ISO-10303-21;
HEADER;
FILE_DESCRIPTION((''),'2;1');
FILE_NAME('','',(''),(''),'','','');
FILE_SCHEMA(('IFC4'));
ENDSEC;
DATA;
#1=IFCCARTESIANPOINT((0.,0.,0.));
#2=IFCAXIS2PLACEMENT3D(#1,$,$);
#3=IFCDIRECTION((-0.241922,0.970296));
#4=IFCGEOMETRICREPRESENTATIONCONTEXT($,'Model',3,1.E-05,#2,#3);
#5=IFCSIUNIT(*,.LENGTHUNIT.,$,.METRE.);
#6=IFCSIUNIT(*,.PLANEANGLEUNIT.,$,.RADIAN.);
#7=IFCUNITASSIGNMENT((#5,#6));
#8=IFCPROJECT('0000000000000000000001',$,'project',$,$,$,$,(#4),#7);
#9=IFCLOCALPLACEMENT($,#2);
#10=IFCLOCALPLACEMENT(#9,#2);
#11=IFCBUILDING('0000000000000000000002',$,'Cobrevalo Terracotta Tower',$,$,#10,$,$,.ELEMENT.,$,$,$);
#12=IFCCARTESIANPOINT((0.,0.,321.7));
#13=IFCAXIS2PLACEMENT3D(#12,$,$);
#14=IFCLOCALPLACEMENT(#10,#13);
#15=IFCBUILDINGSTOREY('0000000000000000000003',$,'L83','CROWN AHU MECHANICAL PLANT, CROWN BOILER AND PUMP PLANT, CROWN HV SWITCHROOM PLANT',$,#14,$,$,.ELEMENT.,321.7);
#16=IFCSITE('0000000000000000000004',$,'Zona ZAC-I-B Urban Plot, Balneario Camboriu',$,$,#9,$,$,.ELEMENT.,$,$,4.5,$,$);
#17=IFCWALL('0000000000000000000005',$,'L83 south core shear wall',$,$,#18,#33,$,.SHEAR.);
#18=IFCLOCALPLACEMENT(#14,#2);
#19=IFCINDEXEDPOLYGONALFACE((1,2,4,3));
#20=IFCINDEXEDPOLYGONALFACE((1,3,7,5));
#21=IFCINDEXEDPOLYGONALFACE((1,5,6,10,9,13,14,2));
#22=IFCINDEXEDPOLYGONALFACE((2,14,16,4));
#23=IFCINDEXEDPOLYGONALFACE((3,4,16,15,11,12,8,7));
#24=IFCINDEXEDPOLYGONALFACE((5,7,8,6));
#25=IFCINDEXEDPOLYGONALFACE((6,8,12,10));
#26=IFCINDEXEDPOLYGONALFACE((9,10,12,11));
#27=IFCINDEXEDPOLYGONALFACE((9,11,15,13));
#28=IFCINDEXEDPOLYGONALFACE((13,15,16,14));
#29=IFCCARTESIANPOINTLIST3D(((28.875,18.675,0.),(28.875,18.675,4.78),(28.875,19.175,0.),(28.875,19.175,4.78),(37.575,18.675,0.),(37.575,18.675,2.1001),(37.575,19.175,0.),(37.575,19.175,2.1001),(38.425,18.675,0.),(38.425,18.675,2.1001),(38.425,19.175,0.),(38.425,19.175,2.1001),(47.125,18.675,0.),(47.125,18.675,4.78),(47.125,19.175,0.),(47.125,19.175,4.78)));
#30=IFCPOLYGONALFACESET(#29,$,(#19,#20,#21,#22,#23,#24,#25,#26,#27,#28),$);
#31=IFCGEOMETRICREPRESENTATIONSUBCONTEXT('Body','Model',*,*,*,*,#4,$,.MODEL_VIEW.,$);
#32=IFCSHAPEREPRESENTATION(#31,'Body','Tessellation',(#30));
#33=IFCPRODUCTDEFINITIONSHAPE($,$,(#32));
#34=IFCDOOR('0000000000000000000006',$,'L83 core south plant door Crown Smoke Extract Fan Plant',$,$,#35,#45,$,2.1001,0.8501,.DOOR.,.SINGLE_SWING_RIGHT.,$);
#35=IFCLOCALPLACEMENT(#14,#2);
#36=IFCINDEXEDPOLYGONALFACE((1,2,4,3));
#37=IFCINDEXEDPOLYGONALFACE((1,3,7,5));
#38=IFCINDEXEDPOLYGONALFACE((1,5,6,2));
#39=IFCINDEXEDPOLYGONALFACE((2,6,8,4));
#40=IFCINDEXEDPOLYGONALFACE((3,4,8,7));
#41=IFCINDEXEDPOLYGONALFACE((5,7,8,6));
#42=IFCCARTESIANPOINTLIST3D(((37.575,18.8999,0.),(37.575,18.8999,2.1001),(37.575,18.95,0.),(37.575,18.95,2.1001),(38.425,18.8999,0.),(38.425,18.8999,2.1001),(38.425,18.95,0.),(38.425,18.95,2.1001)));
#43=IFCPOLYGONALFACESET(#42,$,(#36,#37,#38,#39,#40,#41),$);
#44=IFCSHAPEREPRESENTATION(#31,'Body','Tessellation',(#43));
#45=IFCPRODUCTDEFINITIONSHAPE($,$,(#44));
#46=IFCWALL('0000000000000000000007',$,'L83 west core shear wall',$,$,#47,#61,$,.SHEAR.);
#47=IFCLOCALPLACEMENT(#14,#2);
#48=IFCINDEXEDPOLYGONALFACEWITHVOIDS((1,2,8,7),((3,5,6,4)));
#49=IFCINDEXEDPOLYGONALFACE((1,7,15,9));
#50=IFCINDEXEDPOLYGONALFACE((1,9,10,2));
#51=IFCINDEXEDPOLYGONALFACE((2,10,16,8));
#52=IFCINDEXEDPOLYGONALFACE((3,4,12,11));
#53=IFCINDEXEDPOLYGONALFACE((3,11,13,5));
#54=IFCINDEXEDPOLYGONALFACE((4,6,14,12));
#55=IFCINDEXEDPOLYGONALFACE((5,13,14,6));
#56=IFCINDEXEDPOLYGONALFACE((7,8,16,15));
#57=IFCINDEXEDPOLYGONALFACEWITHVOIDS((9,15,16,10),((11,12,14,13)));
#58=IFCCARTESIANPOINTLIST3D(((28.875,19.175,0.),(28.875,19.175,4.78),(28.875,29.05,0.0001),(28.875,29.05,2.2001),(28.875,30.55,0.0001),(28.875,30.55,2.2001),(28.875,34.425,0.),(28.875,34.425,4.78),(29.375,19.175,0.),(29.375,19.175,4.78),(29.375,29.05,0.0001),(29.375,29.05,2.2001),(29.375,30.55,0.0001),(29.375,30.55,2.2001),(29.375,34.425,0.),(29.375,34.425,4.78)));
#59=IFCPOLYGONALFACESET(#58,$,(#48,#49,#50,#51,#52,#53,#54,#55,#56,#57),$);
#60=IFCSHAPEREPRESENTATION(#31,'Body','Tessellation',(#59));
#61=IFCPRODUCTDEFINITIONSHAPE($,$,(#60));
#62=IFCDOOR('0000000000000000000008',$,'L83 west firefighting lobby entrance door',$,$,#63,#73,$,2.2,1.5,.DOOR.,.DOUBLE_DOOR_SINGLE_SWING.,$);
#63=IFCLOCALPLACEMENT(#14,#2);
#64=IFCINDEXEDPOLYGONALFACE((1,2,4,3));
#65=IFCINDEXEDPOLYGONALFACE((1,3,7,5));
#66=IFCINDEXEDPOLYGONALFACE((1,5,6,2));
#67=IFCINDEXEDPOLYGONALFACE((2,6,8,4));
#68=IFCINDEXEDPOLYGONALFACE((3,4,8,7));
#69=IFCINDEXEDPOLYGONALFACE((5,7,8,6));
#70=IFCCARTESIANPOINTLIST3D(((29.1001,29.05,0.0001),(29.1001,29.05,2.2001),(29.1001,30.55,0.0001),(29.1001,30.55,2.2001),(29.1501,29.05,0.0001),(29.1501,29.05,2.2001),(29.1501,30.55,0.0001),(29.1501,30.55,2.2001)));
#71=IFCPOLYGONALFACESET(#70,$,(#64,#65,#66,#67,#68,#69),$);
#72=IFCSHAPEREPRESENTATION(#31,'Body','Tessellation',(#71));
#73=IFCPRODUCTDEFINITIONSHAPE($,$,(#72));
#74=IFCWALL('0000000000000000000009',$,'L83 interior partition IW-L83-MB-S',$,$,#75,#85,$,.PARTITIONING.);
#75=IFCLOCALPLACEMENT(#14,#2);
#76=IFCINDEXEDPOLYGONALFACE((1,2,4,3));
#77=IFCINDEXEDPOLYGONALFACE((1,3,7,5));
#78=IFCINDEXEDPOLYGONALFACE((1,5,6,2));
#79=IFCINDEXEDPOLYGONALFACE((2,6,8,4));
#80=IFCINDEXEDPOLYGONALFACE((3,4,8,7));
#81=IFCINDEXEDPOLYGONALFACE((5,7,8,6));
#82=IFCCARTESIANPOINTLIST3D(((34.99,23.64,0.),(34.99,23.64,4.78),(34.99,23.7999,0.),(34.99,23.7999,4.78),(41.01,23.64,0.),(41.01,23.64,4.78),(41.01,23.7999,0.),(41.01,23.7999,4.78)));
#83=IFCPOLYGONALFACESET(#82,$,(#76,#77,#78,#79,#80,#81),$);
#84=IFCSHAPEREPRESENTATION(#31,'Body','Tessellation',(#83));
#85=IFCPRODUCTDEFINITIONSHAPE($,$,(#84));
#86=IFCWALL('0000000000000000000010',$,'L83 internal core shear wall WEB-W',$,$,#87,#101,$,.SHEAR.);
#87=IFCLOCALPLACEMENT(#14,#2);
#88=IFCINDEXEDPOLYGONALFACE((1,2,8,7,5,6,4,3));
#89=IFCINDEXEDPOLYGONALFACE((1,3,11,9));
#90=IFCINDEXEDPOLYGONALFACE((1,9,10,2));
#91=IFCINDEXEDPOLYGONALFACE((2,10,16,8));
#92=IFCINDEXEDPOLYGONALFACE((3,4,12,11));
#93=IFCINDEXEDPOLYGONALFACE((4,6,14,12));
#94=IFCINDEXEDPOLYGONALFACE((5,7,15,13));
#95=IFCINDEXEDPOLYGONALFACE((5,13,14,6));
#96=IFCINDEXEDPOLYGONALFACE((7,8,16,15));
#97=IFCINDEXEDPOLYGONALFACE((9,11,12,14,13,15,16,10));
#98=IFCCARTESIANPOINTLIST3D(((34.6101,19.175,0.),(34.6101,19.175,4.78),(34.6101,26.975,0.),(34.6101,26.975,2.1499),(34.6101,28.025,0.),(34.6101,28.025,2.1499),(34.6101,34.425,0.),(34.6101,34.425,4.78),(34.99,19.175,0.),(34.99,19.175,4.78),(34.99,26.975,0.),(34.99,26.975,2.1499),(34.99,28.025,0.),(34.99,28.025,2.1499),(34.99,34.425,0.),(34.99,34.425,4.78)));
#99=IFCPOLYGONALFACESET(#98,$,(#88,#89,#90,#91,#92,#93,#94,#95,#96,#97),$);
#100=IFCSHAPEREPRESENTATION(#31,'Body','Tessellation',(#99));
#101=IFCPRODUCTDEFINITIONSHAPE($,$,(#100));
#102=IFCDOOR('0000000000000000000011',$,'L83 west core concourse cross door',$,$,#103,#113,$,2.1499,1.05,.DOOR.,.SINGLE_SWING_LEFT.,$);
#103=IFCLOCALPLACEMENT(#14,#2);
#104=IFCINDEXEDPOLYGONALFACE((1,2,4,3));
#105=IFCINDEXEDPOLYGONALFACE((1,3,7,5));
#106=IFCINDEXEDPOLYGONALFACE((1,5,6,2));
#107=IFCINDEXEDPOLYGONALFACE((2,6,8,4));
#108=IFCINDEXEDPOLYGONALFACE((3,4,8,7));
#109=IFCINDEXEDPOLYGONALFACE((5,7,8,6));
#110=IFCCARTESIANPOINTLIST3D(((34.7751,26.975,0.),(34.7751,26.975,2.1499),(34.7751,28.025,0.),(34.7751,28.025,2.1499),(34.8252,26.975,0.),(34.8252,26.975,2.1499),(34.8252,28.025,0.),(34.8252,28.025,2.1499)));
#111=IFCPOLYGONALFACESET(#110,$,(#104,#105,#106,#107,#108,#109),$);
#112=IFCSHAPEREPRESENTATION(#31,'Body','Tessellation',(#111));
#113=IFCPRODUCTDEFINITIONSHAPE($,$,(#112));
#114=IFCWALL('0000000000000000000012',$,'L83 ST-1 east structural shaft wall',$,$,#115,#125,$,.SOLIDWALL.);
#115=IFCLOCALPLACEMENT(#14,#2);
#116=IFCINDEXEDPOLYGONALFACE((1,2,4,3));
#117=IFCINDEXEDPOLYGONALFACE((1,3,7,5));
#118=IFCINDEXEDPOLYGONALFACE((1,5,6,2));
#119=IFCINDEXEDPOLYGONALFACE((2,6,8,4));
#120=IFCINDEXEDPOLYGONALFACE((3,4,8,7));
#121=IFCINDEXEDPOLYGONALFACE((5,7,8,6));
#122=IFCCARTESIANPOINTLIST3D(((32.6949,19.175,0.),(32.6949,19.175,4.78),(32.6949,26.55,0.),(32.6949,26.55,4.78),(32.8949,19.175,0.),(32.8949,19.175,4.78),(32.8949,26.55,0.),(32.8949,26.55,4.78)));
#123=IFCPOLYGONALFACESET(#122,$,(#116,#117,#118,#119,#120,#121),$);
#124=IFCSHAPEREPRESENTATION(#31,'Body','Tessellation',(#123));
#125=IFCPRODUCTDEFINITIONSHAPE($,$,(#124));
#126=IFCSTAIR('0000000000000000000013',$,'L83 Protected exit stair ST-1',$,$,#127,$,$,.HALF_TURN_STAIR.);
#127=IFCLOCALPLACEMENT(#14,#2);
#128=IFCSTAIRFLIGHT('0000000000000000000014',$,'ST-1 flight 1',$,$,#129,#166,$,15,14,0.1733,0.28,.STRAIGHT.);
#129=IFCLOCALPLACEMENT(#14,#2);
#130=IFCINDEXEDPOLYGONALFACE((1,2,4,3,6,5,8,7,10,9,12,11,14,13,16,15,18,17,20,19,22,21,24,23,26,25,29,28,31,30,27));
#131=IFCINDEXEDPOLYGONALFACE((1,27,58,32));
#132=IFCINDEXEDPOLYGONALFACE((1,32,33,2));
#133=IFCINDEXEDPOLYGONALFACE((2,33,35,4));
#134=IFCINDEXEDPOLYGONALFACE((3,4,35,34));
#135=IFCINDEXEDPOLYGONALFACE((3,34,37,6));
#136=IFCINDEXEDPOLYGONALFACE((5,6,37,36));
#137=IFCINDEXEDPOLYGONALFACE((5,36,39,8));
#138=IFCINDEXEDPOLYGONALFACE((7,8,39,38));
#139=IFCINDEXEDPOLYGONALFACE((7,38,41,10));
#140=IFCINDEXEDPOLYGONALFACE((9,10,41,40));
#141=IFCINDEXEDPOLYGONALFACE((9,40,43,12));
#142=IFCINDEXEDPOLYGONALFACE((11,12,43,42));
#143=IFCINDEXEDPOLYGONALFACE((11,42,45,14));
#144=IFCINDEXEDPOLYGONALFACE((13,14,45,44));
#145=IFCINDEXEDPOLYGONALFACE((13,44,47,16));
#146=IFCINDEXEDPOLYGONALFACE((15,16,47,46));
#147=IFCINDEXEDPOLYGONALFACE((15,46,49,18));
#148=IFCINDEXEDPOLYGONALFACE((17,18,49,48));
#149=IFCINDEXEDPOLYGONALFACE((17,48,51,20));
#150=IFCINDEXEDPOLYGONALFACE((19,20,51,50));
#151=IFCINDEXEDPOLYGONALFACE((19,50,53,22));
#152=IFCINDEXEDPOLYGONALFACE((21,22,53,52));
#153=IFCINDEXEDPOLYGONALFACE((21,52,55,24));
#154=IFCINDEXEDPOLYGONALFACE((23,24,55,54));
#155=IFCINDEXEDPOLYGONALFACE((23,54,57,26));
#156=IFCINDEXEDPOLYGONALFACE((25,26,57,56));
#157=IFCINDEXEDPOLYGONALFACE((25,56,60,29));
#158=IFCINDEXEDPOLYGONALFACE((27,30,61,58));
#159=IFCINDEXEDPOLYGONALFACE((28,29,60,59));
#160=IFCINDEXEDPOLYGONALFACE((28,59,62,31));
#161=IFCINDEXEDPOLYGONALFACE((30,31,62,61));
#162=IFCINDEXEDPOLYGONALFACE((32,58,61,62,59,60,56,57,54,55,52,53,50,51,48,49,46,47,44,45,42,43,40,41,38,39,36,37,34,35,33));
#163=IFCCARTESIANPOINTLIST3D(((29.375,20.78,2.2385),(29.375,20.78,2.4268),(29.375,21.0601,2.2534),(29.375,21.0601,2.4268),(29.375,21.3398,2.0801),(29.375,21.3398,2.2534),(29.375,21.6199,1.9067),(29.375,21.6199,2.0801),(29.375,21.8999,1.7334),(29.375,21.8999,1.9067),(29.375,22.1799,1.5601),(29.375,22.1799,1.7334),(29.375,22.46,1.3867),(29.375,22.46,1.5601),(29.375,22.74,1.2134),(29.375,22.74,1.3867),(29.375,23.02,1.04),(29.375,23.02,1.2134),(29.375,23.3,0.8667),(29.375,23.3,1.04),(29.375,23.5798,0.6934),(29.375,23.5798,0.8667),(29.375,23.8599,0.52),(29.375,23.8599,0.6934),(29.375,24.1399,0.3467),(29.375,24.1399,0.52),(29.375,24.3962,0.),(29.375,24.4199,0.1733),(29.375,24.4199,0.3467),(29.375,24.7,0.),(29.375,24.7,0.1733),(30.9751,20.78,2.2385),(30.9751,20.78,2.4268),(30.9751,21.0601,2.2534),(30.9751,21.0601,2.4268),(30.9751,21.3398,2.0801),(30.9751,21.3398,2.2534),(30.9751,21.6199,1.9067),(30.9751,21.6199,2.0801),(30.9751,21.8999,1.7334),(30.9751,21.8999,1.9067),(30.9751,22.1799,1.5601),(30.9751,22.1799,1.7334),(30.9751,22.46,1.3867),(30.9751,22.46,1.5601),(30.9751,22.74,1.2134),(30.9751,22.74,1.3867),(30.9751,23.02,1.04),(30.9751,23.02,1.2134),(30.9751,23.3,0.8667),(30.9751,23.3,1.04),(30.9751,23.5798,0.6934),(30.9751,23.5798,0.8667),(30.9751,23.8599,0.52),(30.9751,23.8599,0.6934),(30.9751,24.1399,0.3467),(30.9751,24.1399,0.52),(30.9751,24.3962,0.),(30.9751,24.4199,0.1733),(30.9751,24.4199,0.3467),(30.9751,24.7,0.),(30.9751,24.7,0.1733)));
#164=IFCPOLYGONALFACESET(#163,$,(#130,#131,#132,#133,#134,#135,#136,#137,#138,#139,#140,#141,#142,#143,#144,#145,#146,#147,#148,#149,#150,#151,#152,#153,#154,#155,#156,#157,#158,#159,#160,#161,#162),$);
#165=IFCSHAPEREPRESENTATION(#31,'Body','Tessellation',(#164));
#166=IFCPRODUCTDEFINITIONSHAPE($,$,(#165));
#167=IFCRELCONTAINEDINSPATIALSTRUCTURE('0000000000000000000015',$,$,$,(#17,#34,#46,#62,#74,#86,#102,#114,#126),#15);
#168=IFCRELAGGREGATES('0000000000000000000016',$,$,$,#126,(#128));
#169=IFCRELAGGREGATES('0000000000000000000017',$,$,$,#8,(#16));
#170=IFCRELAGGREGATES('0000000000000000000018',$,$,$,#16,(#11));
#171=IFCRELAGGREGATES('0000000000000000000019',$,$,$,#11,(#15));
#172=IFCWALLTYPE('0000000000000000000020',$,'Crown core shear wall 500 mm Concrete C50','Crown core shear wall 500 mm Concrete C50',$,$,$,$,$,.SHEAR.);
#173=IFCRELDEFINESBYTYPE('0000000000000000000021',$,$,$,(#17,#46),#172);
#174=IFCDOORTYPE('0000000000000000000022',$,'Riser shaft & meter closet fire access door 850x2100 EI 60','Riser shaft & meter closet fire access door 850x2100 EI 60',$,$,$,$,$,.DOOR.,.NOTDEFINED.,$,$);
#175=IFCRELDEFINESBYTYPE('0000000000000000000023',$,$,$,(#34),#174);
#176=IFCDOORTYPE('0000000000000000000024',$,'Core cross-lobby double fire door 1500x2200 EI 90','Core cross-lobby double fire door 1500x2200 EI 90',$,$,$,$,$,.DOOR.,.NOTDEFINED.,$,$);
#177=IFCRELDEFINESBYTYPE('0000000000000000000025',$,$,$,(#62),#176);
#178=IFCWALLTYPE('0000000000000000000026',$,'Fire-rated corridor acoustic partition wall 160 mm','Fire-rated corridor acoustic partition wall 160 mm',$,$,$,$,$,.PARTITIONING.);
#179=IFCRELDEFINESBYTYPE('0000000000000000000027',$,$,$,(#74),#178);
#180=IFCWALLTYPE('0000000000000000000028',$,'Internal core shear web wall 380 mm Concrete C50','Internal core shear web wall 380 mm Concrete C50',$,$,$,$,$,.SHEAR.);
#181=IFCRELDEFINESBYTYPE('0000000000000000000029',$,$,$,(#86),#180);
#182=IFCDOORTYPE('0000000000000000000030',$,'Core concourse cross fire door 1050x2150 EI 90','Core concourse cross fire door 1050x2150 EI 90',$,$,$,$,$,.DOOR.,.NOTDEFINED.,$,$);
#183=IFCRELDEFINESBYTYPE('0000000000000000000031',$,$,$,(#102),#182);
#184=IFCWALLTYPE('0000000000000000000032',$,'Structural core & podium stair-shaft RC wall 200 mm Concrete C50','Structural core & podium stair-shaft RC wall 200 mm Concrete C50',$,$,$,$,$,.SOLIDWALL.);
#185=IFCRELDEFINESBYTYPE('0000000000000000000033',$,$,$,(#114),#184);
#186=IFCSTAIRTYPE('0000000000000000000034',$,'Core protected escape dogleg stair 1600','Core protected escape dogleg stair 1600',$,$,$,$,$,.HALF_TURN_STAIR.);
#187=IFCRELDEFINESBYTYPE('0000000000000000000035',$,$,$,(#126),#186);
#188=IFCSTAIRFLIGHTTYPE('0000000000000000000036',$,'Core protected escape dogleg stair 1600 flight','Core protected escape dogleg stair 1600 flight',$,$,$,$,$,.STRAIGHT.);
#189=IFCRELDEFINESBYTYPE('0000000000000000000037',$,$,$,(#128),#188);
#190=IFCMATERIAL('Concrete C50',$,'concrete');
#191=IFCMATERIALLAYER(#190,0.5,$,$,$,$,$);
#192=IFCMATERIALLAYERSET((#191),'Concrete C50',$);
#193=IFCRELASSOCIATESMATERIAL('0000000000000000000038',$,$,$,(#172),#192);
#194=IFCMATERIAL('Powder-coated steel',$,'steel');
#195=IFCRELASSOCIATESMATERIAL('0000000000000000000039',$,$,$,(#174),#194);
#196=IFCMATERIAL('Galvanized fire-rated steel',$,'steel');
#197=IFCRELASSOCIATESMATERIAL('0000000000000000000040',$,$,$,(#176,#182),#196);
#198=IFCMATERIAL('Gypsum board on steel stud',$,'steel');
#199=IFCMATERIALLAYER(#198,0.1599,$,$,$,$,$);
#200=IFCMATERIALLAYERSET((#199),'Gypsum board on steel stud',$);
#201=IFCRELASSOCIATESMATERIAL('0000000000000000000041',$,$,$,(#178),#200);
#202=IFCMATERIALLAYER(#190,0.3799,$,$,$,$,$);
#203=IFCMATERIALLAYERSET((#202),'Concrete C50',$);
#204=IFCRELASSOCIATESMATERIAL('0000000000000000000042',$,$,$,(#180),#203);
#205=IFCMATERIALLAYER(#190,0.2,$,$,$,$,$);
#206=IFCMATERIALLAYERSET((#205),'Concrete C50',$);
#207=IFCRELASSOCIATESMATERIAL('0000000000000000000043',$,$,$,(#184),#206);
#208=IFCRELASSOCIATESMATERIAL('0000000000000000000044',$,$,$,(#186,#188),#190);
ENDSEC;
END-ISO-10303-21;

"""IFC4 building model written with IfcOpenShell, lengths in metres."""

from ifc_helpers import new_model, si_unit, direction, frame, frame_2d, origin, place, context, subcontext, project, spatial, polyline, rectangle, outline, extrude, source, transform, mapped, material, layer, layer_set, type_object, element, fill, aggregate, save


model = new_model("IFC4")

# Units and contexts
model_context = context("Model", 3, precision=1e-05, world=origin(), true_north=direction((-0.241922, 0.970296)))
body_context = subcontext(model_context, "Body", "Model", "MODEL_VIEW")
ifc_project = project(units=[si_unit("LENGTHUNIT", "METRE"), si_unit("PLANEANGLEUNIT", "RADIAN")], contexts=[model_context])

# Site, building, storey
site_placement = place(None, origin())
site = spatial("IfcSite", under=ifc_project, at=site_placement, Name="Zona ZAC-I-B Urban Plot, Balneario Camboriu", CompositionType="ELEMENT", RefElevation=4.5)
building_placement = place(site_placement, origin())
building = spatial("IfcBuilding", under=site, at=building_placement, Name="Cobrevalo Terracotta Tower", CompositionType="ELEMENT")
storey_placement = place(building_placement, frame((0.0, 0.0, 321.7)))
storey = spatial("IfcBuildingStorey", under=building, at=storey_placement, Name="L83", Description="CROWN AHU MECHANICAL PLANT, CROWN BOILER AND PUMP PLANT, CROWN HV SWITCHROOM PLANT", CompositionType="ELEMENT", Elevation=321.7)

# Shared definitions
ifc_material_1 = material(Name="Concrete C50", Category="concrete")

# Walls, openings, doors
ifc_layer_1 = layer(ifc_material_1, 0.5)
ifc_layer_set_1 = layer_set([ifc_layer_1], Name="Concrete C50")
wall_type_1 = type_object("IfcWallType", Name="Crown core shear wall 500 mm Concrete C50", Description="Crown core shear wall 500 mm Concrete C50", PredefinedType="SHEAR", material=ifc_layer_set_1)
wall_1_placement = place(storey_placement, frame((28.875, 18.925, 0.0), z_axis=(0.0, 0.0, 1.0), x_axis=(1.0, 0.0, 0.0)))
wall_1 = element("IfcWall", 1, at=wall_1_placement, inside=storey, type_object=wall_type_1, Name="L83 south core shear wall", PredefinedType="SHEAR", context=body_context, shape_type="SweptSolid", body=[
    extrude(rectangle(XDim=18.25, YDim=0.5, at=frame_2d((9.125, 0.0))), origin(), (0.0, 0.0, 1.0), 4.78),
])
opening_1_placement = place(wall_1_placement, frame((8.7, 0.0, 0.0)))
opening_1 = element("IfcOpeningElement", 2, at=opening_1_placement, cuts=wall_1, PredefinedType="OPENING", context=body_context, shape_type="SweptSolid", body=[
    extrude(rectangle(XDim=0.8501, YDim=2.1001, at=frame_2d((0.425, 1.05))), frame((0.0, 0.26, 0.0), z_axis=(0.0, -1.0, 0.0), x_axis=(1.0, 0.0, 0.0)), (0.0, 0.0, 1.0), 0.52),
])
ifc_material_2 = material(Name="Powder-coated steel", Category="steel")
door_type_1 = type_object("IfcDoorType", Name="Riser shaft & meter closet fire access door 850x2100 EI 60", Description="Riser shaft & meter closet fire access door 850x2100 EI 60", OperationType="NOTDEFINED", PredefinedType="DOOR", material=ifc_material_2)
shared_shape_1 = source(origin(), body_context, "Body", "SweptSolid", [
    extrude(rectangle(XDim=0.8501, YDim=2.1001, at=frame_2d((0.425, 1.05))), frame((0.0, 0.0249, 0.0), z_axis=(0.0, -1.0, 0.0), x_axis=(1.0, 0.0, 0.0)), (0.0, 0.0, 1.0), 0.05),
])
door_1_placement = place(opening_1_placement, origin())
door_1 = element("IfcDoor", 3, at=door_1_placement, inside=storey, type_object=door_type_1, Name="L83 core south plant door Crown Smoke Extract Fan Plant", OperationType="SINGLE_SWING_RIGHT", OverallHeight=2.1001, OverallWidth=0.8501, PredefinedType="DOOR", context=body_context, shape_type="MappedRepresentation", body=[
    mapped(shared_shape_1, transform((0.0, 0.0, 0.0), scale=1.0)),
])
fill(opening_1, door_1)
wall_2_placement = place(storey_placement, frame((29.125, 19.175, 0.0), z_axis=(0.0, 0.0, 1.0), x_axis=(0.0, 1.0, 0.0)))
wall_2 = element("IfcWall", 4, at=wall_2_placement, inside=storey, type_object=wall_type_1, Name="L83 west core shear wall", PredefinedType="SHEAR", context=body_context, shape_type="SweptSolid", body=[
    extrude(rectangle(XDim=15.25, YDim=0.5, at=frame_2d((7.625, 0.0))), origin(), (0.0, 0.0, 1.0), 4.78),
])
opening_2_placement = place(wall_2_placement, frame((9.875, 0.0, 0.0)))
opening_2 = element("IfcOpeningElement", 5, at=opening_2_placement, cuts=wall_2, PredefinedType="OPENING", context=body_context, shape_type="SweptSolid", body=[
    extrude(rectangle(XDim=1.5, YDim=2.2, at=frame_2d((0.75, 1.1001))), frame((0.0, 0.26, 0.0), z_axis=(0.0, -1.0, 0.0), x_axis=(1.0, 0.0, 0.0)), (0.0, 0.0, 1.0), 0.52),
])
ifc_material_3 = material(Name="Galvanized fire-rated steel", Category="steel")
door_type_2 = type_object("IfcDoorType", Name="Core cross-lobby double fire door 1500x2200 EI 90", Description="Core cross-lobby double fire door 1500x2200 EI 90", OperationType="NOTDEFINED", PredefinedType="DOOR", material=ifc_material_3)
shared_shape_2 = source(origin(), body_context, "Body", "SweptSolid", [
    extrude(rectangle(XDim=1.5, YDim=2.2, at=frame_2d((0.75, 1.1001))), frame((0.0, 0.0249, 0.0), z_axis=(0.0, -1.0, 0.0), x_axis=(1.0, 0.0, 0.0)), (0.0, 0.0, 1.0), 0.05),
])
door_2_placement = place(opening_2_placement, origin())
door_2 = element("IfcDoor", 6, at=door_2_placement, inside=storey, type_object=door_type_2, Name="L83 west firefighting lobby entrance door", OperationType="DOUBLE_DOOR_SINGLE_SWING", OverallHeight=2.2, OverallWidth=1.5, PredefinedType="DOOR", context=body_context, shape_type="MappedRepresentation", body=[
    mapped(shared_shape_2, transform((0.0, 0.0, 0.0), scale=1.0)),
])
fill(opening_2, door_2)

# Wall
ifc_material_4 = material(Name="Gypsum board on steel stud", Category="steel")
ifc_layer_2 = layer(ifc_material_4, 0.1599)
ifc_layer_set_2 = layer_set([ifc_layer_2], Name="Gypsum board on steel stud")
wall_type_2 = type_object("IfcWallType", Name="Fire-rated corridor acoustic partition wall 160 mm", Description="Fire-rated corridor acoustic partition wall 160 mm", PredefinedType="PARTITIONING", material=ifc_layer_set_2)
wall_3_placement = place(storey_placement, frame((34.99, 23.72, 0.0), z_axis=(0.0, 0.0, 1.0), x_axis=(1.0, 0.0, 0.0)))
element("IfcWall", 7, at=wall_3_placement, inside=storey, type_object=wall_type_2, Name="L83 interior partition IW-L83-MB-S", PredefinedType="PARTITIONING", context=body_context, shape_type="SweptSolid", body=[
    extrude(rectangle(XDim=6.02, YDim=0.1599, at=frame_2d((3.01, 0.0))), origin(), (0.0, 0.0, 1.0), 4.78),
])

# Wall, opening, door
ifc_layer_3 = layer(ifc_material_1, 0.3799)
ifc_layer_set_3 = layer_set([ifc_layer_3], Name="Concrete C50")
wall_type_3 = type_object("IfcWallType", Name="Internal core shear web wall 380 mm Concrete C50", Description="Internal core shear web wall 380 mm Concrete C50", PredefinedType="SHEAR", material=ifc_layer_set_3)
wall_4_placement = place(storey_placement, frame((34.8, 19.175, 0.0), z_axis=(0.0, 0.0, 1.0), x_axis=(0.0, 1.0, 0.0)))
wall_4 = element("IfcWall", 8, at=wall_4_placement, inside=storey, type_object=wall_type_3, Name="L83 internal core shear wall WEB-W", PredefinedType="SHEAR", context=body_context, shape_type="SweptSolid", body=[
    extrude(rectangle(XDim=15.25, YDim=0.3799, at=frame_2d((7.625, 0.0))), origin(), (0.0, 0.0, 1.0), 4.78),
])
opening_3_placement = place(wall_4_placement, frame((7.8, 0.0, 0.0)))
opening_3 = element("IfcOpeningElement", 9, at=opening_3_placement, cuts=wall_4, PredefinedType="OPENING", context=body_context, shape_type="SweptSolid", body=[
    extrude(rectangle(XDim=1.05, YDim=2.1499, at=frame_2d((0.5249, 1.075))), frame((0.0, 0.2, 0.0), z_axis=(0.0, -1.0, 0.0), x_axis=(1.0, 0.0, 0.0)), (0.0, 0.0, 1.0), 0.3999),
])
door_type_3 = type_object("IfcDoorType", Name="Core concourse cross fire door 1050x2150 EI 90", Description="Core concourse cross fire door 1050x2150 EI 90", OperationType="NOTDEFINED", PredefinedType="DOOR", material=ifc_material_3)
shared_shape_3 = source(origin(), body_context, "Body", "SweptSolid", [
    extrude(rectangle(XDim=1.05, YDim=2.1499, at=frame_2d((0.5249, 1.075))), frame((0.0, 0.0249, 0.0), z_axis=(0.0, -1.0, 0.0), x_axis=(1.0, 0.0, 0.0)), (0.0, 0.0, 1.0), 0.05),
])
door_3_placement = place(opening_3_placement, origin())
door_3 = element("IfcDoor", 10, at=door_3_placement, inside=storey, type_object=door_type_3, Name="L83 west core concourse cross door", OperationType="SINGLE_SWING_LEFT", OverallHeight=2.1499, OverallWidth=1.05, PredefinedType="DOOR", context=body_context, shape_type="MappedRepresentation", body=[
    mapped(shared_shape_3, transform((0.0, 0.0, 0.0), scale=1.0)),
])
fill(opening_3, door_3)

# Wall
ifc_layer_4 = layer(ifc_material_1, 0.2)
ifc_layer_set_4 = layer_set([ifc_layer_4], Name="Concrete C50")
wall_type_4 = type_object("IfcWallType", Name="Structural core & podium stair-shaft RC wall 200 mm Concrete C50", Description="Structural core & podium stair-shaft RC wall 200 mm Concrete C50", PredefinedType="SOLIDWALL", material=ifc_layer_set_4)
wall_5_placement = place(storey_placement, frame((32.7949, 19.175, 0.0), z_axis=(0.0, 0.0, 1.0), x_axis=(0.0, 1.0, 0.0)))
element("IfcWall", 11, at=wall_5_placement, inside=storey, type_object=wall_type_4, Name="L83 ST-1 east structural shaft wall", PredefinedType="SOLIDWALL", context=body_context, shape_type="SweptSolid", body=[
    extrude(rectangle(XDim=7.375, YDim=0.2, at=frame_2d((3.6875, 0.0))), origin(), (0.0, 0.0, 1.0), 4.78),
])

# Stair, stair flight
stair_type = type_object("IfcStairType", Name="Core protected escape dogleg stair 1600", Description="Core protected escape dogleg stair 1600", PredefinedType="HALF_TURN_STAIR", material=ifc_material_1)
stair_placement = place(storey_placement, origin())
stair = element("IfcStair", 12, at=stair_placement, inside=storey, type_object=stair_type, Name="L83 Protected exit stair ST-1", PredefinedType="HALF_TURN_STAIR")
stair_flight_type = type_object("IfcStairFlightType", Name="Core protected escape dogleg stair 1600 flight", Description="Core protected escape dogleg stair 1600 flight", PredefinedType="STRAIGHT", material=ifc_material_1)
stair_flight_1_placement = place(storey_placement, frame((30.175, 24.7, 0.0), z_axis=(0.0, 0.0, 1.0), x_axis=(0.0, -1.0, 0.0)))
stair_flight_1 = element("IfcStairFlight", 13, at=stair_flight_1_placement, type_object=stair_flight_type, Name="ST-1 flight 1", NumberOfRisers=15, NumberOfTreads=14, PredefinedType="STRAIGHT", RiserHeight=0.1733, TreadLength=0.28, context=body_context, shape_type="SweptSolid", body=[
    extrude(outline(polyline([(0.0, 0.0), (0.0, 0.1733), (0.28, 0.1733), (0.28, 0.3467), (0.5601, 0.3467), (0.5601, 0.52), (0.8401, 0.52), (0.8401, 0.6934), (1.1201, 0.6934), (1.1201, 0.8667), (1.3999, 0.8667), (1.3999, 1.04), (1.6799, 1.04), (1.6799, 1.2134), (1.96, 1.2134), (1.96, 1.3867), (2.24, 1.3867), (2.24, 1.5601), (2.52, 1.5601), (2.52, 1.7334), (2.8, 1.7334), (2.8, 1.9067), (3.0801, 1.9067), (3.0801, 2.0801), (3.3601, 2.0801), (3.3601, 2.2534), (3.6399, 2.2534), (3.6399, 2.4268), (3.9199, 2.4268), (3.9199, 2.6001), (3.9199, 2.2385), (0.3037, 0.0), (0.0, 0.0)])), frame((0.0, 0.8, 0.0), z_axis=(0.0, -1.0, 0.0), x_axis=(1.0, 0.0, 0.0)), (0.0, 0.0, 1.0), 1.6001),
])
aggregate(stair, [stair_flight_1])

save(model, "model.ifc")
